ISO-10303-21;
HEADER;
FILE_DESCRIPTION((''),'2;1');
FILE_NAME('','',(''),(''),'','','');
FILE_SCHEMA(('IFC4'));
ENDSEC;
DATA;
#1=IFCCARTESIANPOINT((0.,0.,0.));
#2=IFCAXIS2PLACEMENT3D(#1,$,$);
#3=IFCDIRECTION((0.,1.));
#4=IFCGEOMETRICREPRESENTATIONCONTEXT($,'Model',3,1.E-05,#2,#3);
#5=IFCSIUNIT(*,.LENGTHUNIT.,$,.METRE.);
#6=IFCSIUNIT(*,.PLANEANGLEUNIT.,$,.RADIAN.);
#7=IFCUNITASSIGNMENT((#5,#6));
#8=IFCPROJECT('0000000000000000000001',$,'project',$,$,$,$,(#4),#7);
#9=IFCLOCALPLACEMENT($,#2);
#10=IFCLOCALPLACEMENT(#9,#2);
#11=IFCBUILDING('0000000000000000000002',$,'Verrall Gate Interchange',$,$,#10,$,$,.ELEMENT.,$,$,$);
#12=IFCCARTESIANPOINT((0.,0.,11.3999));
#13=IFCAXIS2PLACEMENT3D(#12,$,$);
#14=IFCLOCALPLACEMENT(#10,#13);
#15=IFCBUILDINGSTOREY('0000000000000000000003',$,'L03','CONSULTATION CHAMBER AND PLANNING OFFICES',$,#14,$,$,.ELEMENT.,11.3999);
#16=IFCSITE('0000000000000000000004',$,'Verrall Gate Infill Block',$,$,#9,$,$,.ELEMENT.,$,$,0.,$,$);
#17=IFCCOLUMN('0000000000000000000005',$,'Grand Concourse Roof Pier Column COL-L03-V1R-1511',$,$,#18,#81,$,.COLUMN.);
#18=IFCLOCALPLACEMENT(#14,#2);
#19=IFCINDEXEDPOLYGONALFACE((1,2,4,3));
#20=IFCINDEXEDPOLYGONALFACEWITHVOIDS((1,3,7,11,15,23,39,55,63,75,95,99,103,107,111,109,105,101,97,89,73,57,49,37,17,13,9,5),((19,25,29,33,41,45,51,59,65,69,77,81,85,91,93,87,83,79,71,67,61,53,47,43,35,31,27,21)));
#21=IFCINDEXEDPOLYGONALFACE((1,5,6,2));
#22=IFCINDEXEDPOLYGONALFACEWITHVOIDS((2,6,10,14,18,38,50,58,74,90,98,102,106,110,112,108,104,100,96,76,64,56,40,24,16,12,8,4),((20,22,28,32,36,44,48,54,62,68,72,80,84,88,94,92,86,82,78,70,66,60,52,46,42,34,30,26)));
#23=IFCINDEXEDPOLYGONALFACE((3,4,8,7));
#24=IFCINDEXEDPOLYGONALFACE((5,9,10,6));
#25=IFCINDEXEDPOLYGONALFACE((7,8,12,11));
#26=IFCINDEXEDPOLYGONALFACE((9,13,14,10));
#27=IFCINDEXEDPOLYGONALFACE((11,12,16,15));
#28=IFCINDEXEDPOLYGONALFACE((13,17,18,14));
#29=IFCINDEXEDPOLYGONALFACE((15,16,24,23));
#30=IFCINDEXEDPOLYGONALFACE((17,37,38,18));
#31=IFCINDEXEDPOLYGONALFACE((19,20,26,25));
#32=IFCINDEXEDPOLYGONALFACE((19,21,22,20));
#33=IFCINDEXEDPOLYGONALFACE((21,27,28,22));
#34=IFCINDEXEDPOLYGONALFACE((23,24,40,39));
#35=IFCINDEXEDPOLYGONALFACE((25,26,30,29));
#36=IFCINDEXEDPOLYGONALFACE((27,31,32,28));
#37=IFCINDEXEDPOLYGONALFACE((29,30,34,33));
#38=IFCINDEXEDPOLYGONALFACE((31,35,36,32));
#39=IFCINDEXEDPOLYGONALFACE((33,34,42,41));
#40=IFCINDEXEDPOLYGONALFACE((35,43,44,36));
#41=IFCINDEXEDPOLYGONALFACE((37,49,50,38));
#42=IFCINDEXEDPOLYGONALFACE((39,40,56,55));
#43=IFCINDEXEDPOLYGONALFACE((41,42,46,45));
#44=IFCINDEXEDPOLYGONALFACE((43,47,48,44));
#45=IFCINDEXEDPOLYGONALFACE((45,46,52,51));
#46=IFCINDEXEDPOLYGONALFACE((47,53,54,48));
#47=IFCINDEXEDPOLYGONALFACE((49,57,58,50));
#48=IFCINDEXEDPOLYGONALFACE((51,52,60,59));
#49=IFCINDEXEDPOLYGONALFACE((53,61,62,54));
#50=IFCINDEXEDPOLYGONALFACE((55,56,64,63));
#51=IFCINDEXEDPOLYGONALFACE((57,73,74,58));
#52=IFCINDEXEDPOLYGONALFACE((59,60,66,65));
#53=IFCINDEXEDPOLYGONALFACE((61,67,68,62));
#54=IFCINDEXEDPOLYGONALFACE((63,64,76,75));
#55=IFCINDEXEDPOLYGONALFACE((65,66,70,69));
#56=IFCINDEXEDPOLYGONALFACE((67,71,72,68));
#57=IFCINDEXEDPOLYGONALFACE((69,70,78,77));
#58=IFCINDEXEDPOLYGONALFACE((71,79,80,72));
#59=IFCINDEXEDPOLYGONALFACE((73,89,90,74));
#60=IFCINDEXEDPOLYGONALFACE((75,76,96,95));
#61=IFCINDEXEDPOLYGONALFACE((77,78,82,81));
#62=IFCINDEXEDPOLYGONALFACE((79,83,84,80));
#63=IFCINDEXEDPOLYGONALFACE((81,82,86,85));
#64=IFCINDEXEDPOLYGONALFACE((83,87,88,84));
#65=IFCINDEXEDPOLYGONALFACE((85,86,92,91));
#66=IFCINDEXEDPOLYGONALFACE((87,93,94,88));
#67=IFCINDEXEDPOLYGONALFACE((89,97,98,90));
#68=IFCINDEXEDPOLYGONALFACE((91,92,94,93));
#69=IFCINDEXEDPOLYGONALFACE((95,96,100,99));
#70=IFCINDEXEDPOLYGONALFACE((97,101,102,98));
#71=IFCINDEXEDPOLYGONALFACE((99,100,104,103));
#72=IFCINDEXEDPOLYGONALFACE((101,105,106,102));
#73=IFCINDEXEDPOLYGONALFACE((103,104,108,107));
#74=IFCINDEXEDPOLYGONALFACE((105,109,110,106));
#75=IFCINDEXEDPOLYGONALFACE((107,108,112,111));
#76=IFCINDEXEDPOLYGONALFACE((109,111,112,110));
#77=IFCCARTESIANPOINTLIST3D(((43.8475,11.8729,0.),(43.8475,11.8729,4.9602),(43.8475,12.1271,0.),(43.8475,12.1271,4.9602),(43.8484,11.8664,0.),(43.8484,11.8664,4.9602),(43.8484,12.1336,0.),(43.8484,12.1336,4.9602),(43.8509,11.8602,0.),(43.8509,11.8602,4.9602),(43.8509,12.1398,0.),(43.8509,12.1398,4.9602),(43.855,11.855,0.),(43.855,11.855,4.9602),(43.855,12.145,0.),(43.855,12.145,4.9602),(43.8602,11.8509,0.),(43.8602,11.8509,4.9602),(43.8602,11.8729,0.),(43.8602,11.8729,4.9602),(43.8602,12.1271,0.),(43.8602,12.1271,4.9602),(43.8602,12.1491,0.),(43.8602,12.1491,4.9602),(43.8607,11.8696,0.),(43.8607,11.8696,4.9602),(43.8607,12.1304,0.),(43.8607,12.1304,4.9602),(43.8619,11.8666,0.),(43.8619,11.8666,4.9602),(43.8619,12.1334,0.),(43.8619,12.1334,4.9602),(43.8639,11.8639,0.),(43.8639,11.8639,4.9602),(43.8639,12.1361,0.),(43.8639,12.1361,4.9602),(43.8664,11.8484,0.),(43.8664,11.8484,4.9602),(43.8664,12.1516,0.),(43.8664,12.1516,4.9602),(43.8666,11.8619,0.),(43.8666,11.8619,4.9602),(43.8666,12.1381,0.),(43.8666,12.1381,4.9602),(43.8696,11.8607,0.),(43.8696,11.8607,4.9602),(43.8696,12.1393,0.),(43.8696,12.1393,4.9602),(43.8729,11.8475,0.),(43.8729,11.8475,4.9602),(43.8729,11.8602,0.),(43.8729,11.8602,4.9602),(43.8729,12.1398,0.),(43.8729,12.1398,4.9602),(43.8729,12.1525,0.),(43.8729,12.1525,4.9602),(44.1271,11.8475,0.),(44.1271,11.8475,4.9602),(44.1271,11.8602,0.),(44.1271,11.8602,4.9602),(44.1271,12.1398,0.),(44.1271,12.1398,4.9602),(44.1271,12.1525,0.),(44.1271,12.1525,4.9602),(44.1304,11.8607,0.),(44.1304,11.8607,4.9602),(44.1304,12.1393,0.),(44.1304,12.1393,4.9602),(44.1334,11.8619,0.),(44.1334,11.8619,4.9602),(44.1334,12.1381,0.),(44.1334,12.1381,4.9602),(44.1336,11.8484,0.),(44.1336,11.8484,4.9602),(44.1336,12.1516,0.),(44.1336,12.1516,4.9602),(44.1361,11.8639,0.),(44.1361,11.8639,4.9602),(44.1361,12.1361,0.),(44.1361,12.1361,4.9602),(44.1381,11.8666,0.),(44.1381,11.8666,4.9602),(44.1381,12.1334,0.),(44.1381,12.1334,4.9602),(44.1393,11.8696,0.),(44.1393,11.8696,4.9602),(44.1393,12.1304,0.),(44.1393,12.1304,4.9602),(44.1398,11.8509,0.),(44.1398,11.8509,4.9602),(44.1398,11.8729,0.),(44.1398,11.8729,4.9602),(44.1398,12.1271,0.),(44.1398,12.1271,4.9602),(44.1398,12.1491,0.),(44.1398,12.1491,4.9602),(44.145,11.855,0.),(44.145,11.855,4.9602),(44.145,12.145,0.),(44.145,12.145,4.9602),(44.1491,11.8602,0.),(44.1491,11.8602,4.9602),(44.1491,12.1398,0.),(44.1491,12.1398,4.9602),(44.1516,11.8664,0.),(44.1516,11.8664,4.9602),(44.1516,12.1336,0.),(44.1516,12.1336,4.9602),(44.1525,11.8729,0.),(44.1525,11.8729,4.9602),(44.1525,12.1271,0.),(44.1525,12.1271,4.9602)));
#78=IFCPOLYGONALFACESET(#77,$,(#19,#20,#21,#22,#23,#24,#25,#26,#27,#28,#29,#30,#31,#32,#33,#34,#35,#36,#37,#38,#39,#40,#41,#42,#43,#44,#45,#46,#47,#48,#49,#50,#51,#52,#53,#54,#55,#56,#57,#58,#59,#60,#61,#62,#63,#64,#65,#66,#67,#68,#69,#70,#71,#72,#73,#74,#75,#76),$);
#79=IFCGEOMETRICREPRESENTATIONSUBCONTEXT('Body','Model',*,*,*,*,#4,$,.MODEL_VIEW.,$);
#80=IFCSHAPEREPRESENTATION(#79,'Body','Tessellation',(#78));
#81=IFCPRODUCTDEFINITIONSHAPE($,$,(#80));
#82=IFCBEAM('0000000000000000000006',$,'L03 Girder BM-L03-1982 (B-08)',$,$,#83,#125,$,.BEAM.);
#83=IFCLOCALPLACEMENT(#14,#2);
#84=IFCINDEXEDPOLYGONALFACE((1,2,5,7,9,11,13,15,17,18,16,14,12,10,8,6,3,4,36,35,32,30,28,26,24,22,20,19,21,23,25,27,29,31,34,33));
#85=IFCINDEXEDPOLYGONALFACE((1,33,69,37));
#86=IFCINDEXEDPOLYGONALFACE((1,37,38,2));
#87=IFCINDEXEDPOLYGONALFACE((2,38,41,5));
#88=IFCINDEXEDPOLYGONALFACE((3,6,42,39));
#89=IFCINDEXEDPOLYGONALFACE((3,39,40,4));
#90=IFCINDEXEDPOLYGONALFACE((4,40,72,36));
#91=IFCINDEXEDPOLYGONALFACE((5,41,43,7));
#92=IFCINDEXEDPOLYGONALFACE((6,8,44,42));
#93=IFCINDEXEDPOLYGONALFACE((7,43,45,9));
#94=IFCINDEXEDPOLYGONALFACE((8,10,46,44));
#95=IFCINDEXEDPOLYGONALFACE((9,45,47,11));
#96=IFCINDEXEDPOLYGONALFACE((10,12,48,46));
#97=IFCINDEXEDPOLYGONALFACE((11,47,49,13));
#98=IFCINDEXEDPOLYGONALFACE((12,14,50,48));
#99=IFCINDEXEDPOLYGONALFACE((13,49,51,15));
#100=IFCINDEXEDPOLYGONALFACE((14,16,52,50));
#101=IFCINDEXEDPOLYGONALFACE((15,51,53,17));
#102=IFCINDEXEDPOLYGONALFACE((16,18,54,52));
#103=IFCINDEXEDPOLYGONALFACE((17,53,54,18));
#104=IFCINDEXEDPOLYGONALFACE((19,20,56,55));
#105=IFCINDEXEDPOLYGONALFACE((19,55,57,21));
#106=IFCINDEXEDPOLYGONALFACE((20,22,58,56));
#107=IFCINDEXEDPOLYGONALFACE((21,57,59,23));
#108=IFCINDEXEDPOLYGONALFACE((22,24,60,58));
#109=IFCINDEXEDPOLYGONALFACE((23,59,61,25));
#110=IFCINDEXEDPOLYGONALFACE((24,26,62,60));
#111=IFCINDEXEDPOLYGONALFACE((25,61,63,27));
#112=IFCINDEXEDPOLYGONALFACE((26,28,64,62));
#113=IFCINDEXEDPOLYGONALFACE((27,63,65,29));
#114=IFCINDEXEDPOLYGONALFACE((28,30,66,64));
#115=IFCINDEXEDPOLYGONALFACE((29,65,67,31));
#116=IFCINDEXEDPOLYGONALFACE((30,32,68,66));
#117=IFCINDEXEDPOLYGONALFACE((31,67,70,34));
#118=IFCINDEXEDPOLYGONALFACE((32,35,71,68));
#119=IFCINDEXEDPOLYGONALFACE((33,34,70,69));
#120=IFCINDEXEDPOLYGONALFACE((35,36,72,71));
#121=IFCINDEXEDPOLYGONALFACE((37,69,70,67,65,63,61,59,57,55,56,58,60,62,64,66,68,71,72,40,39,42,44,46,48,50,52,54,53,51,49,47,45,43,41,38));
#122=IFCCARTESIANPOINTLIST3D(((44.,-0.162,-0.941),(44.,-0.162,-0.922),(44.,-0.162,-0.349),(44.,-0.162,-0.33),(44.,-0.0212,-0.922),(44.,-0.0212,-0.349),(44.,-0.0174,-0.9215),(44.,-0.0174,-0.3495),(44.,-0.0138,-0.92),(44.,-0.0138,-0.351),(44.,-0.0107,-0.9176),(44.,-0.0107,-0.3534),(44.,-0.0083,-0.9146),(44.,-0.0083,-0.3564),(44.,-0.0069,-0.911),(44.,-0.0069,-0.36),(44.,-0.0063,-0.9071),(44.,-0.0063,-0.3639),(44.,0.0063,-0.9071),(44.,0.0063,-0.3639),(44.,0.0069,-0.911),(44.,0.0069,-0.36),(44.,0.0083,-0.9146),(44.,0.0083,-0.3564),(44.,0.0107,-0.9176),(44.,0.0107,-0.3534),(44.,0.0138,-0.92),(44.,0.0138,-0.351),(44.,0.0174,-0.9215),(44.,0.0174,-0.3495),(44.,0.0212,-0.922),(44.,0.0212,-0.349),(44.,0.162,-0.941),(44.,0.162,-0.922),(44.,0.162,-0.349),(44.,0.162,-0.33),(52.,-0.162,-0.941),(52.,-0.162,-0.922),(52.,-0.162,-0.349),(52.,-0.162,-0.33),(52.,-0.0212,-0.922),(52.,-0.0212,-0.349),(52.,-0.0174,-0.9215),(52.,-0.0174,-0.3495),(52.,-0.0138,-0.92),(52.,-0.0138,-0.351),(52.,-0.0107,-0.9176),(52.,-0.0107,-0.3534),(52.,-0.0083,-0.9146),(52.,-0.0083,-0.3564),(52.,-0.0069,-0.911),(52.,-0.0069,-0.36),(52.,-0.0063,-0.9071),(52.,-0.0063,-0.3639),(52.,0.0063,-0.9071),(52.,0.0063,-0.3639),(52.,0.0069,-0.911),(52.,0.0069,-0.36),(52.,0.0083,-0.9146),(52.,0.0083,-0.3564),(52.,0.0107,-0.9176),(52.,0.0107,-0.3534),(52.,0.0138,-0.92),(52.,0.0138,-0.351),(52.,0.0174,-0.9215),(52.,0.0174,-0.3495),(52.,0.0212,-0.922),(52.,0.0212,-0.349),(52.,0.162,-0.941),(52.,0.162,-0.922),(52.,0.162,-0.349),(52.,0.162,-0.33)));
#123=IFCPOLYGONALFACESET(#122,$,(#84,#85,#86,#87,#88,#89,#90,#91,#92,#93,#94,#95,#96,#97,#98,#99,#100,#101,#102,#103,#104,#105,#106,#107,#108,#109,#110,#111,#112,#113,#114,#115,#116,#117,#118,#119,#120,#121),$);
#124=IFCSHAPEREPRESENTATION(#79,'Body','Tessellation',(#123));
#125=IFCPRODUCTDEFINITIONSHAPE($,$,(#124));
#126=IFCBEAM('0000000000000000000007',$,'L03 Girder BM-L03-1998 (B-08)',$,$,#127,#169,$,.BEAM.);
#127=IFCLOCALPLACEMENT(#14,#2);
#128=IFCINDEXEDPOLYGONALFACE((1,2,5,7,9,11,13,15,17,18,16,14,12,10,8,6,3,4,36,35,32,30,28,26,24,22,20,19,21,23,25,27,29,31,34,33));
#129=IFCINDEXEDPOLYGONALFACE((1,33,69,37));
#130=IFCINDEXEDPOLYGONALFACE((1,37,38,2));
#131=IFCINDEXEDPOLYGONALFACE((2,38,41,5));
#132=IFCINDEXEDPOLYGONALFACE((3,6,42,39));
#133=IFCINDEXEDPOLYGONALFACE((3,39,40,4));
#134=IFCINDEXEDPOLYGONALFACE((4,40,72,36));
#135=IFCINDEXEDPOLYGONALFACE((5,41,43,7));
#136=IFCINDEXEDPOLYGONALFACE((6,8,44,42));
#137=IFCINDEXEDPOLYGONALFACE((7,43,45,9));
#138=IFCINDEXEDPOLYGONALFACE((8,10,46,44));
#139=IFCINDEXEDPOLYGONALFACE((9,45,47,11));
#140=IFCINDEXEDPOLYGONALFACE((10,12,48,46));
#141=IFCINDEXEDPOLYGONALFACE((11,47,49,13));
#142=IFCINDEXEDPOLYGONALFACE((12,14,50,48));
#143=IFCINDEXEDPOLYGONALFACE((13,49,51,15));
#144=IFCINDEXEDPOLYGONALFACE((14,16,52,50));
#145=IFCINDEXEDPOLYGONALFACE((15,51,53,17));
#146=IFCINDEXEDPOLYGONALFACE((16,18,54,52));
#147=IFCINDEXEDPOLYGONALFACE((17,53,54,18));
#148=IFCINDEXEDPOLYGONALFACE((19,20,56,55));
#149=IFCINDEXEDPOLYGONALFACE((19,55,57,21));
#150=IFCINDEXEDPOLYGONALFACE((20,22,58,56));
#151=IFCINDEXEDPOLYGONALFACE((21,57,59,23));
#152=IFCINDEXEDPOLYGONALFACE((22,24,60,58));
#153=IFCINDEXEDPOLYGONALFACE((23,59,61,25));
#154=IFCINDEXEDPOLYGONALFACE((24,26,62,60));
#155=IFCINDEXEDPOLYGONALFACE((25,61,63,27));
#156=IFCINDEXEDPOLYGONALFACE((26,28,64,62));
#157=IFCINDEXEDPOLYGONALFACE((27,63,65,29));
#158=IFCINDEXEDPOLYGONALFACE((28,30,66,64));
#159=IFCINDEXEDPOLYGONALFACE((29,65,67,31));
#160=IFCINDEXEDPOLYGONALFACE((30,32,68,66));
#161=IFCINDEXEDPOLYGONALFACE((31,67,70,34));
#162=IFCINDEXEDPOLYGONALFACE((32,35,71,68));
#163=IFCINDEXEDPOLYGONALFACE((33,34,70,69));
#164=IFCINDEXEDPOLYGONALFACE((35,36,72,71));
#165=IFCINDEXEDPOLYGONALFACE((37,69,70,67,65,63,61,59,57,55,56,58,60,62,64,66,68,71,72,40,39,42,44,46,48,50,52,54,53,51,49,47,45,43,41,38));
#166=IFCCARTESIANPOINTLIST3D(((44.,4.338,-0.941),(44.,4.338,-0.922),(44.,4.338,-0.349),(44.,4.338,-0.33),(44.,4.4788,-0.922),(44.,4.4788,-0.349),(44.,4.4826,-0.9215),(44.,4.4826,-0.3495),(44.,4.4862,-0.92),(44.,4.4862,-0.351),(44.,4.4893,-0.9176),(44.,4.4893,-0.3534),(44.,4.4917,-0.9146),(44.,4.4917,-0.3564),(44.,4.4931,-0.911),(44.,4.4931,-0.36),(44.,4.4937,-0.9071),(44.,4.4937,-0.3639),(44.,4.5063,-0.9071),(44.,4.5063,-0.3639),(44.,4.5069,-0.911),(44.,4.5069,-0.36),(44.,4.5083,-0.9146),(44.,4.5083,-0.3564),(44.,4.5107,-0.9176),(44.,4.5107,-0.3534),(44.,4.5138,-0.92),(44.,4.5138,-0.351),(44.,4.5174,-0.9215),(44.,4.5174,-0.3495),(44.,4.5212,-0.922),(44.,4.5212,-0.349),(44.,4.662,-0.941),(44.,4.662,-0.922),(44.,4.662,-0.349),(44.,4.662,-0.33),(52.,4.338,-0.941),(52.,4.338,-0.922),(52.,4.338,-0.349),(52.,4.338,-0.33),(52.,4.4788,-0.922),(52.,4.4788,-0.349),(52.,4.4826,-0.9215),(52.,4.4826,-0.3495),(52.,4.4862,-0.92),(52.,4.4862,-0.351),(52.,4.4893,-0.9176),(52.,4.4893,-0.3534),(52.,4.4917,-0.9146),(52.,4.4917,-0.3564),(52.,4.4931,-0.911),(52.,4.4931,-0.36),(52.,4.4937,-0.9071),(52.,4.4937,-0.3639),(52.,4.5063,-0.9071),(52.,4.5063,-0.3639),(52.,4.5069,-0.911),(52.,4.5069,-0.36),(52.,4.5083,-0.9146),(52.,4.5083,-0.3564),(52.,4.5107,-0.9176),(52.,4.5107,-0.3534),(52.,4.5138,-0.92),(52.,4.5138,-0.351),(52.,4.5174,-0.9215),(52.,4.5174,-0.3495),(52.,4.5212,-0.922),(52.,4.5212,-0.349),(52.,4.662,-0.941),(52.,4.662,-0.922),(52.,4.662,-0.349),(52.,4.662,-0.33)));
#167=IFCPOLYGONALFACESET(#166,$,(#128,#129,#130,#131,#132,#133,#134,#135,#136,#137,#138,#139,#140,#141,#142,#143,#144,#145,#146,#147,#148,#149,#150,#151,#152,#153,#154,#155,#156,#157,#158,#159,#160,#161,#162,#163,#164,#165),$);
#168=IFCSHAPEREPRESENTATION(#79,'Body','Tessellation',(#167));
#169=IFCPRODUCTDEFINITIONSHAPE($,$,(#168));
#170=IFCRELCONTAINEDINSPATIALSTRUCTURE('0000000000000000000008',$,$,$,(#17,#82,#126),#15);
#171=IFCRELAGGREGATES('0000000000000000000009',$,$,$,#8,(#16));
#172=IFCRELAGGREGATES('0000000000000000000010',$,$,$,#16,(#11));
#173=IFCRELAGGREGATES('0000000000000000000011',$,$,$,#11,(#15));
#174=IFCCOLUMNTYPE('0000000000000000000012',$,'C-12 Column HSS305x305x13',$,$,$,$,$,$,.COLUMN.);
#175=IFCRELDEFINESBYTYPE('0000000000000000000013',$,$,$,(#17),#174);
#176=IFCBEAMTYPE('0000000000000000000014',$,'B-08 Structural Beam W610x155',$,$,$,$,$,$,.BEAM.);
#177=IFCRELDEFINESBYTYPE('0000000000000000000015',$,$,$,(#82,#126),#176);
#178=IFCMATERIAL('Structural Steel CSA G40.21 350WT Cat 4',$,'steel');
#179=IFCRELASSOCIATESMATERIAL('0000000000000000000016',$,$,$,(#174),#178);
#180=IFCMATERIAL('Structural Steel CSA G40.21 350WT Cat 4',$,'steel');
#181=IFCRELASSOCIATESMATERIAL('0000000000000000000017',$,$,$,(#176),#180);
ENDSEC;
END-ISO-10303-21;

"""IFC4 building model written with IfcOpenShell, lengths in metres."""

from ifc_helpers import new_model, si_unit, direction, frame, origin, origin_2d, place, context, subcontext, project, spatial, hollow_rectangle, i_section, extrude, material, material_profile, profile_set, type_object, element, save


model = new_model("IFC4")

# Units and contexts
model_context = context("Model", 3, precision=1e-05, world=origin(), true_north=direction((0.0, 1.0)))
body_context = subcontext(model_context, "Body", "Model", "MODEL_VIEW")
ifc_project = project(units=[si_unit("LENGTHUNIT", "METRE"), si_unit("PLANEANGLEUNIT", "RADIAN")], contexts=[model_context])

# Site, building, storey
site_placement = place(None, origin())
site = spatial("IfcSite", under=ifc_project, at=site_placement, Name="Verrall Gate Infill Block", CompositionType="ELEMENT", RefElevation=0.0)
building_placement = place(site_placement, origin())
building = spatial("IfcBuilding", under=site, at=building_placement, Name="Verrall Gate Interchange", CompositionType="ELEMENT")
storey_placement = place(building_placement, frame((0.0, 0.0, 11.3999)))
storey = spatial("IfcBuildingStorey", under=building, at=storey_placement, Name="L03", Description="CONSULTATION CHAMBER AND PLANNING OFFICES", CompositionType="ELEMENT", Elevation=11.3999)

# Column
ifc_material_1 = material(Name="Structural Steel CSA G40.21 350WT Cat 4", Category="steel")
ifc_material_profile_1 = material_profile(ifc_material_1, hollow_rectangle(XDim=0.3049, YDim=0.3049, WallThickness=0.0127, InnerFilletRadius=0.0127, OuterFilletRadius=0.0254, at=origin_2d()), Name="HSS305x305x13")
ifc_profile_set_1 = profile_set([ifc_material_profile_1], Name="Structural Steel CSA G40.21 350WT Cat 4")
column_type = type_object("IfcColumnType", Name="C-12 Column HSS305x305x13", PredefinedType="COLUMN", material=ifc_profile_set_1)
column_placement = place(storey_placement, frame((44.0, 12.0, 0.0), z_axis=(0.0, 0.0, 1.0), x_axis=(1.0, 0.0, 0.0)))
element("IfcColumn", 1, at=column_placement, inside=storey, type_object=column_type, Name="Grand Concourse Roof Pier Column COL-L03-V1R-1511", PredefinedType="COLUMN", context=body_context, shape_type="SweptSolid", body=[
    extrude(hollow_rectangle(XDim=0.3049, YDim=0.3049, WallThickness=0.0127, InnerFilletRadius=0.0127, OuterFilletRadius=0.0254, at=origin_2d()), origin(), (0.0, 0.0, 1.0), 4.9602),
])

# Beams
ifc_material_2 = material(Name="Structural Steel CSA G40.21 350WT Cat 4", Category="steel")
ifc_material_profile_2 = material_profile(ifc_material_2, i_section(OverallWidth=0.324, OverallDepth=0.6111, WebThickness=0.0127, FlangeThickness=0.019, FilletRadius=0.0149, at=origin_2d()), Name="W610x155")
ifc_profile_set_2 = profile_set([ifc_material_profile_2], Name="Structural Steel CSA G40.21 350WT Cat 4")
beam_type_1 = type_object("IfcBeamType", Name="B-08 Structural Beam W610x155", PredefinedType="BEAM", material=ifc_profile_set_2)
for number, where, z_axis, x_axis, name in (
    (2, (44.0, 0.0, -0.6355), (1.0, 0.0, 0.0), (0.0, 1.0, 0.0), "L03 Girder BM-L03-1982 (B-08)"),
    (3, (44.0, 4.5, -0.6355), (1.0, 0.0, 0.0), (0.0, 1.0, 0.0), "L03 Girder BM-L03-1998 (B-08)"),
):
    element("IfcBeam", number, at=place(storey_placement, frame(where, z_axis=z_axis, x_axis=x_axis)), inside=storey, type_object=beam_type_1, Name=name, PredefinedType="BEAM", context=body_context, shape_type="SweptSolid", body=[
        extrude(i_section(OverallWidth=0.324, OverallDepth=0.6111, WebThickness=0.0127, FlangeThickness=0.019, FilletRadius=0.0149, at=origin_2d()), origin(), (0.0, 0.0, 1.0), 8.0),
    ])

save(model, "model.ifc")
